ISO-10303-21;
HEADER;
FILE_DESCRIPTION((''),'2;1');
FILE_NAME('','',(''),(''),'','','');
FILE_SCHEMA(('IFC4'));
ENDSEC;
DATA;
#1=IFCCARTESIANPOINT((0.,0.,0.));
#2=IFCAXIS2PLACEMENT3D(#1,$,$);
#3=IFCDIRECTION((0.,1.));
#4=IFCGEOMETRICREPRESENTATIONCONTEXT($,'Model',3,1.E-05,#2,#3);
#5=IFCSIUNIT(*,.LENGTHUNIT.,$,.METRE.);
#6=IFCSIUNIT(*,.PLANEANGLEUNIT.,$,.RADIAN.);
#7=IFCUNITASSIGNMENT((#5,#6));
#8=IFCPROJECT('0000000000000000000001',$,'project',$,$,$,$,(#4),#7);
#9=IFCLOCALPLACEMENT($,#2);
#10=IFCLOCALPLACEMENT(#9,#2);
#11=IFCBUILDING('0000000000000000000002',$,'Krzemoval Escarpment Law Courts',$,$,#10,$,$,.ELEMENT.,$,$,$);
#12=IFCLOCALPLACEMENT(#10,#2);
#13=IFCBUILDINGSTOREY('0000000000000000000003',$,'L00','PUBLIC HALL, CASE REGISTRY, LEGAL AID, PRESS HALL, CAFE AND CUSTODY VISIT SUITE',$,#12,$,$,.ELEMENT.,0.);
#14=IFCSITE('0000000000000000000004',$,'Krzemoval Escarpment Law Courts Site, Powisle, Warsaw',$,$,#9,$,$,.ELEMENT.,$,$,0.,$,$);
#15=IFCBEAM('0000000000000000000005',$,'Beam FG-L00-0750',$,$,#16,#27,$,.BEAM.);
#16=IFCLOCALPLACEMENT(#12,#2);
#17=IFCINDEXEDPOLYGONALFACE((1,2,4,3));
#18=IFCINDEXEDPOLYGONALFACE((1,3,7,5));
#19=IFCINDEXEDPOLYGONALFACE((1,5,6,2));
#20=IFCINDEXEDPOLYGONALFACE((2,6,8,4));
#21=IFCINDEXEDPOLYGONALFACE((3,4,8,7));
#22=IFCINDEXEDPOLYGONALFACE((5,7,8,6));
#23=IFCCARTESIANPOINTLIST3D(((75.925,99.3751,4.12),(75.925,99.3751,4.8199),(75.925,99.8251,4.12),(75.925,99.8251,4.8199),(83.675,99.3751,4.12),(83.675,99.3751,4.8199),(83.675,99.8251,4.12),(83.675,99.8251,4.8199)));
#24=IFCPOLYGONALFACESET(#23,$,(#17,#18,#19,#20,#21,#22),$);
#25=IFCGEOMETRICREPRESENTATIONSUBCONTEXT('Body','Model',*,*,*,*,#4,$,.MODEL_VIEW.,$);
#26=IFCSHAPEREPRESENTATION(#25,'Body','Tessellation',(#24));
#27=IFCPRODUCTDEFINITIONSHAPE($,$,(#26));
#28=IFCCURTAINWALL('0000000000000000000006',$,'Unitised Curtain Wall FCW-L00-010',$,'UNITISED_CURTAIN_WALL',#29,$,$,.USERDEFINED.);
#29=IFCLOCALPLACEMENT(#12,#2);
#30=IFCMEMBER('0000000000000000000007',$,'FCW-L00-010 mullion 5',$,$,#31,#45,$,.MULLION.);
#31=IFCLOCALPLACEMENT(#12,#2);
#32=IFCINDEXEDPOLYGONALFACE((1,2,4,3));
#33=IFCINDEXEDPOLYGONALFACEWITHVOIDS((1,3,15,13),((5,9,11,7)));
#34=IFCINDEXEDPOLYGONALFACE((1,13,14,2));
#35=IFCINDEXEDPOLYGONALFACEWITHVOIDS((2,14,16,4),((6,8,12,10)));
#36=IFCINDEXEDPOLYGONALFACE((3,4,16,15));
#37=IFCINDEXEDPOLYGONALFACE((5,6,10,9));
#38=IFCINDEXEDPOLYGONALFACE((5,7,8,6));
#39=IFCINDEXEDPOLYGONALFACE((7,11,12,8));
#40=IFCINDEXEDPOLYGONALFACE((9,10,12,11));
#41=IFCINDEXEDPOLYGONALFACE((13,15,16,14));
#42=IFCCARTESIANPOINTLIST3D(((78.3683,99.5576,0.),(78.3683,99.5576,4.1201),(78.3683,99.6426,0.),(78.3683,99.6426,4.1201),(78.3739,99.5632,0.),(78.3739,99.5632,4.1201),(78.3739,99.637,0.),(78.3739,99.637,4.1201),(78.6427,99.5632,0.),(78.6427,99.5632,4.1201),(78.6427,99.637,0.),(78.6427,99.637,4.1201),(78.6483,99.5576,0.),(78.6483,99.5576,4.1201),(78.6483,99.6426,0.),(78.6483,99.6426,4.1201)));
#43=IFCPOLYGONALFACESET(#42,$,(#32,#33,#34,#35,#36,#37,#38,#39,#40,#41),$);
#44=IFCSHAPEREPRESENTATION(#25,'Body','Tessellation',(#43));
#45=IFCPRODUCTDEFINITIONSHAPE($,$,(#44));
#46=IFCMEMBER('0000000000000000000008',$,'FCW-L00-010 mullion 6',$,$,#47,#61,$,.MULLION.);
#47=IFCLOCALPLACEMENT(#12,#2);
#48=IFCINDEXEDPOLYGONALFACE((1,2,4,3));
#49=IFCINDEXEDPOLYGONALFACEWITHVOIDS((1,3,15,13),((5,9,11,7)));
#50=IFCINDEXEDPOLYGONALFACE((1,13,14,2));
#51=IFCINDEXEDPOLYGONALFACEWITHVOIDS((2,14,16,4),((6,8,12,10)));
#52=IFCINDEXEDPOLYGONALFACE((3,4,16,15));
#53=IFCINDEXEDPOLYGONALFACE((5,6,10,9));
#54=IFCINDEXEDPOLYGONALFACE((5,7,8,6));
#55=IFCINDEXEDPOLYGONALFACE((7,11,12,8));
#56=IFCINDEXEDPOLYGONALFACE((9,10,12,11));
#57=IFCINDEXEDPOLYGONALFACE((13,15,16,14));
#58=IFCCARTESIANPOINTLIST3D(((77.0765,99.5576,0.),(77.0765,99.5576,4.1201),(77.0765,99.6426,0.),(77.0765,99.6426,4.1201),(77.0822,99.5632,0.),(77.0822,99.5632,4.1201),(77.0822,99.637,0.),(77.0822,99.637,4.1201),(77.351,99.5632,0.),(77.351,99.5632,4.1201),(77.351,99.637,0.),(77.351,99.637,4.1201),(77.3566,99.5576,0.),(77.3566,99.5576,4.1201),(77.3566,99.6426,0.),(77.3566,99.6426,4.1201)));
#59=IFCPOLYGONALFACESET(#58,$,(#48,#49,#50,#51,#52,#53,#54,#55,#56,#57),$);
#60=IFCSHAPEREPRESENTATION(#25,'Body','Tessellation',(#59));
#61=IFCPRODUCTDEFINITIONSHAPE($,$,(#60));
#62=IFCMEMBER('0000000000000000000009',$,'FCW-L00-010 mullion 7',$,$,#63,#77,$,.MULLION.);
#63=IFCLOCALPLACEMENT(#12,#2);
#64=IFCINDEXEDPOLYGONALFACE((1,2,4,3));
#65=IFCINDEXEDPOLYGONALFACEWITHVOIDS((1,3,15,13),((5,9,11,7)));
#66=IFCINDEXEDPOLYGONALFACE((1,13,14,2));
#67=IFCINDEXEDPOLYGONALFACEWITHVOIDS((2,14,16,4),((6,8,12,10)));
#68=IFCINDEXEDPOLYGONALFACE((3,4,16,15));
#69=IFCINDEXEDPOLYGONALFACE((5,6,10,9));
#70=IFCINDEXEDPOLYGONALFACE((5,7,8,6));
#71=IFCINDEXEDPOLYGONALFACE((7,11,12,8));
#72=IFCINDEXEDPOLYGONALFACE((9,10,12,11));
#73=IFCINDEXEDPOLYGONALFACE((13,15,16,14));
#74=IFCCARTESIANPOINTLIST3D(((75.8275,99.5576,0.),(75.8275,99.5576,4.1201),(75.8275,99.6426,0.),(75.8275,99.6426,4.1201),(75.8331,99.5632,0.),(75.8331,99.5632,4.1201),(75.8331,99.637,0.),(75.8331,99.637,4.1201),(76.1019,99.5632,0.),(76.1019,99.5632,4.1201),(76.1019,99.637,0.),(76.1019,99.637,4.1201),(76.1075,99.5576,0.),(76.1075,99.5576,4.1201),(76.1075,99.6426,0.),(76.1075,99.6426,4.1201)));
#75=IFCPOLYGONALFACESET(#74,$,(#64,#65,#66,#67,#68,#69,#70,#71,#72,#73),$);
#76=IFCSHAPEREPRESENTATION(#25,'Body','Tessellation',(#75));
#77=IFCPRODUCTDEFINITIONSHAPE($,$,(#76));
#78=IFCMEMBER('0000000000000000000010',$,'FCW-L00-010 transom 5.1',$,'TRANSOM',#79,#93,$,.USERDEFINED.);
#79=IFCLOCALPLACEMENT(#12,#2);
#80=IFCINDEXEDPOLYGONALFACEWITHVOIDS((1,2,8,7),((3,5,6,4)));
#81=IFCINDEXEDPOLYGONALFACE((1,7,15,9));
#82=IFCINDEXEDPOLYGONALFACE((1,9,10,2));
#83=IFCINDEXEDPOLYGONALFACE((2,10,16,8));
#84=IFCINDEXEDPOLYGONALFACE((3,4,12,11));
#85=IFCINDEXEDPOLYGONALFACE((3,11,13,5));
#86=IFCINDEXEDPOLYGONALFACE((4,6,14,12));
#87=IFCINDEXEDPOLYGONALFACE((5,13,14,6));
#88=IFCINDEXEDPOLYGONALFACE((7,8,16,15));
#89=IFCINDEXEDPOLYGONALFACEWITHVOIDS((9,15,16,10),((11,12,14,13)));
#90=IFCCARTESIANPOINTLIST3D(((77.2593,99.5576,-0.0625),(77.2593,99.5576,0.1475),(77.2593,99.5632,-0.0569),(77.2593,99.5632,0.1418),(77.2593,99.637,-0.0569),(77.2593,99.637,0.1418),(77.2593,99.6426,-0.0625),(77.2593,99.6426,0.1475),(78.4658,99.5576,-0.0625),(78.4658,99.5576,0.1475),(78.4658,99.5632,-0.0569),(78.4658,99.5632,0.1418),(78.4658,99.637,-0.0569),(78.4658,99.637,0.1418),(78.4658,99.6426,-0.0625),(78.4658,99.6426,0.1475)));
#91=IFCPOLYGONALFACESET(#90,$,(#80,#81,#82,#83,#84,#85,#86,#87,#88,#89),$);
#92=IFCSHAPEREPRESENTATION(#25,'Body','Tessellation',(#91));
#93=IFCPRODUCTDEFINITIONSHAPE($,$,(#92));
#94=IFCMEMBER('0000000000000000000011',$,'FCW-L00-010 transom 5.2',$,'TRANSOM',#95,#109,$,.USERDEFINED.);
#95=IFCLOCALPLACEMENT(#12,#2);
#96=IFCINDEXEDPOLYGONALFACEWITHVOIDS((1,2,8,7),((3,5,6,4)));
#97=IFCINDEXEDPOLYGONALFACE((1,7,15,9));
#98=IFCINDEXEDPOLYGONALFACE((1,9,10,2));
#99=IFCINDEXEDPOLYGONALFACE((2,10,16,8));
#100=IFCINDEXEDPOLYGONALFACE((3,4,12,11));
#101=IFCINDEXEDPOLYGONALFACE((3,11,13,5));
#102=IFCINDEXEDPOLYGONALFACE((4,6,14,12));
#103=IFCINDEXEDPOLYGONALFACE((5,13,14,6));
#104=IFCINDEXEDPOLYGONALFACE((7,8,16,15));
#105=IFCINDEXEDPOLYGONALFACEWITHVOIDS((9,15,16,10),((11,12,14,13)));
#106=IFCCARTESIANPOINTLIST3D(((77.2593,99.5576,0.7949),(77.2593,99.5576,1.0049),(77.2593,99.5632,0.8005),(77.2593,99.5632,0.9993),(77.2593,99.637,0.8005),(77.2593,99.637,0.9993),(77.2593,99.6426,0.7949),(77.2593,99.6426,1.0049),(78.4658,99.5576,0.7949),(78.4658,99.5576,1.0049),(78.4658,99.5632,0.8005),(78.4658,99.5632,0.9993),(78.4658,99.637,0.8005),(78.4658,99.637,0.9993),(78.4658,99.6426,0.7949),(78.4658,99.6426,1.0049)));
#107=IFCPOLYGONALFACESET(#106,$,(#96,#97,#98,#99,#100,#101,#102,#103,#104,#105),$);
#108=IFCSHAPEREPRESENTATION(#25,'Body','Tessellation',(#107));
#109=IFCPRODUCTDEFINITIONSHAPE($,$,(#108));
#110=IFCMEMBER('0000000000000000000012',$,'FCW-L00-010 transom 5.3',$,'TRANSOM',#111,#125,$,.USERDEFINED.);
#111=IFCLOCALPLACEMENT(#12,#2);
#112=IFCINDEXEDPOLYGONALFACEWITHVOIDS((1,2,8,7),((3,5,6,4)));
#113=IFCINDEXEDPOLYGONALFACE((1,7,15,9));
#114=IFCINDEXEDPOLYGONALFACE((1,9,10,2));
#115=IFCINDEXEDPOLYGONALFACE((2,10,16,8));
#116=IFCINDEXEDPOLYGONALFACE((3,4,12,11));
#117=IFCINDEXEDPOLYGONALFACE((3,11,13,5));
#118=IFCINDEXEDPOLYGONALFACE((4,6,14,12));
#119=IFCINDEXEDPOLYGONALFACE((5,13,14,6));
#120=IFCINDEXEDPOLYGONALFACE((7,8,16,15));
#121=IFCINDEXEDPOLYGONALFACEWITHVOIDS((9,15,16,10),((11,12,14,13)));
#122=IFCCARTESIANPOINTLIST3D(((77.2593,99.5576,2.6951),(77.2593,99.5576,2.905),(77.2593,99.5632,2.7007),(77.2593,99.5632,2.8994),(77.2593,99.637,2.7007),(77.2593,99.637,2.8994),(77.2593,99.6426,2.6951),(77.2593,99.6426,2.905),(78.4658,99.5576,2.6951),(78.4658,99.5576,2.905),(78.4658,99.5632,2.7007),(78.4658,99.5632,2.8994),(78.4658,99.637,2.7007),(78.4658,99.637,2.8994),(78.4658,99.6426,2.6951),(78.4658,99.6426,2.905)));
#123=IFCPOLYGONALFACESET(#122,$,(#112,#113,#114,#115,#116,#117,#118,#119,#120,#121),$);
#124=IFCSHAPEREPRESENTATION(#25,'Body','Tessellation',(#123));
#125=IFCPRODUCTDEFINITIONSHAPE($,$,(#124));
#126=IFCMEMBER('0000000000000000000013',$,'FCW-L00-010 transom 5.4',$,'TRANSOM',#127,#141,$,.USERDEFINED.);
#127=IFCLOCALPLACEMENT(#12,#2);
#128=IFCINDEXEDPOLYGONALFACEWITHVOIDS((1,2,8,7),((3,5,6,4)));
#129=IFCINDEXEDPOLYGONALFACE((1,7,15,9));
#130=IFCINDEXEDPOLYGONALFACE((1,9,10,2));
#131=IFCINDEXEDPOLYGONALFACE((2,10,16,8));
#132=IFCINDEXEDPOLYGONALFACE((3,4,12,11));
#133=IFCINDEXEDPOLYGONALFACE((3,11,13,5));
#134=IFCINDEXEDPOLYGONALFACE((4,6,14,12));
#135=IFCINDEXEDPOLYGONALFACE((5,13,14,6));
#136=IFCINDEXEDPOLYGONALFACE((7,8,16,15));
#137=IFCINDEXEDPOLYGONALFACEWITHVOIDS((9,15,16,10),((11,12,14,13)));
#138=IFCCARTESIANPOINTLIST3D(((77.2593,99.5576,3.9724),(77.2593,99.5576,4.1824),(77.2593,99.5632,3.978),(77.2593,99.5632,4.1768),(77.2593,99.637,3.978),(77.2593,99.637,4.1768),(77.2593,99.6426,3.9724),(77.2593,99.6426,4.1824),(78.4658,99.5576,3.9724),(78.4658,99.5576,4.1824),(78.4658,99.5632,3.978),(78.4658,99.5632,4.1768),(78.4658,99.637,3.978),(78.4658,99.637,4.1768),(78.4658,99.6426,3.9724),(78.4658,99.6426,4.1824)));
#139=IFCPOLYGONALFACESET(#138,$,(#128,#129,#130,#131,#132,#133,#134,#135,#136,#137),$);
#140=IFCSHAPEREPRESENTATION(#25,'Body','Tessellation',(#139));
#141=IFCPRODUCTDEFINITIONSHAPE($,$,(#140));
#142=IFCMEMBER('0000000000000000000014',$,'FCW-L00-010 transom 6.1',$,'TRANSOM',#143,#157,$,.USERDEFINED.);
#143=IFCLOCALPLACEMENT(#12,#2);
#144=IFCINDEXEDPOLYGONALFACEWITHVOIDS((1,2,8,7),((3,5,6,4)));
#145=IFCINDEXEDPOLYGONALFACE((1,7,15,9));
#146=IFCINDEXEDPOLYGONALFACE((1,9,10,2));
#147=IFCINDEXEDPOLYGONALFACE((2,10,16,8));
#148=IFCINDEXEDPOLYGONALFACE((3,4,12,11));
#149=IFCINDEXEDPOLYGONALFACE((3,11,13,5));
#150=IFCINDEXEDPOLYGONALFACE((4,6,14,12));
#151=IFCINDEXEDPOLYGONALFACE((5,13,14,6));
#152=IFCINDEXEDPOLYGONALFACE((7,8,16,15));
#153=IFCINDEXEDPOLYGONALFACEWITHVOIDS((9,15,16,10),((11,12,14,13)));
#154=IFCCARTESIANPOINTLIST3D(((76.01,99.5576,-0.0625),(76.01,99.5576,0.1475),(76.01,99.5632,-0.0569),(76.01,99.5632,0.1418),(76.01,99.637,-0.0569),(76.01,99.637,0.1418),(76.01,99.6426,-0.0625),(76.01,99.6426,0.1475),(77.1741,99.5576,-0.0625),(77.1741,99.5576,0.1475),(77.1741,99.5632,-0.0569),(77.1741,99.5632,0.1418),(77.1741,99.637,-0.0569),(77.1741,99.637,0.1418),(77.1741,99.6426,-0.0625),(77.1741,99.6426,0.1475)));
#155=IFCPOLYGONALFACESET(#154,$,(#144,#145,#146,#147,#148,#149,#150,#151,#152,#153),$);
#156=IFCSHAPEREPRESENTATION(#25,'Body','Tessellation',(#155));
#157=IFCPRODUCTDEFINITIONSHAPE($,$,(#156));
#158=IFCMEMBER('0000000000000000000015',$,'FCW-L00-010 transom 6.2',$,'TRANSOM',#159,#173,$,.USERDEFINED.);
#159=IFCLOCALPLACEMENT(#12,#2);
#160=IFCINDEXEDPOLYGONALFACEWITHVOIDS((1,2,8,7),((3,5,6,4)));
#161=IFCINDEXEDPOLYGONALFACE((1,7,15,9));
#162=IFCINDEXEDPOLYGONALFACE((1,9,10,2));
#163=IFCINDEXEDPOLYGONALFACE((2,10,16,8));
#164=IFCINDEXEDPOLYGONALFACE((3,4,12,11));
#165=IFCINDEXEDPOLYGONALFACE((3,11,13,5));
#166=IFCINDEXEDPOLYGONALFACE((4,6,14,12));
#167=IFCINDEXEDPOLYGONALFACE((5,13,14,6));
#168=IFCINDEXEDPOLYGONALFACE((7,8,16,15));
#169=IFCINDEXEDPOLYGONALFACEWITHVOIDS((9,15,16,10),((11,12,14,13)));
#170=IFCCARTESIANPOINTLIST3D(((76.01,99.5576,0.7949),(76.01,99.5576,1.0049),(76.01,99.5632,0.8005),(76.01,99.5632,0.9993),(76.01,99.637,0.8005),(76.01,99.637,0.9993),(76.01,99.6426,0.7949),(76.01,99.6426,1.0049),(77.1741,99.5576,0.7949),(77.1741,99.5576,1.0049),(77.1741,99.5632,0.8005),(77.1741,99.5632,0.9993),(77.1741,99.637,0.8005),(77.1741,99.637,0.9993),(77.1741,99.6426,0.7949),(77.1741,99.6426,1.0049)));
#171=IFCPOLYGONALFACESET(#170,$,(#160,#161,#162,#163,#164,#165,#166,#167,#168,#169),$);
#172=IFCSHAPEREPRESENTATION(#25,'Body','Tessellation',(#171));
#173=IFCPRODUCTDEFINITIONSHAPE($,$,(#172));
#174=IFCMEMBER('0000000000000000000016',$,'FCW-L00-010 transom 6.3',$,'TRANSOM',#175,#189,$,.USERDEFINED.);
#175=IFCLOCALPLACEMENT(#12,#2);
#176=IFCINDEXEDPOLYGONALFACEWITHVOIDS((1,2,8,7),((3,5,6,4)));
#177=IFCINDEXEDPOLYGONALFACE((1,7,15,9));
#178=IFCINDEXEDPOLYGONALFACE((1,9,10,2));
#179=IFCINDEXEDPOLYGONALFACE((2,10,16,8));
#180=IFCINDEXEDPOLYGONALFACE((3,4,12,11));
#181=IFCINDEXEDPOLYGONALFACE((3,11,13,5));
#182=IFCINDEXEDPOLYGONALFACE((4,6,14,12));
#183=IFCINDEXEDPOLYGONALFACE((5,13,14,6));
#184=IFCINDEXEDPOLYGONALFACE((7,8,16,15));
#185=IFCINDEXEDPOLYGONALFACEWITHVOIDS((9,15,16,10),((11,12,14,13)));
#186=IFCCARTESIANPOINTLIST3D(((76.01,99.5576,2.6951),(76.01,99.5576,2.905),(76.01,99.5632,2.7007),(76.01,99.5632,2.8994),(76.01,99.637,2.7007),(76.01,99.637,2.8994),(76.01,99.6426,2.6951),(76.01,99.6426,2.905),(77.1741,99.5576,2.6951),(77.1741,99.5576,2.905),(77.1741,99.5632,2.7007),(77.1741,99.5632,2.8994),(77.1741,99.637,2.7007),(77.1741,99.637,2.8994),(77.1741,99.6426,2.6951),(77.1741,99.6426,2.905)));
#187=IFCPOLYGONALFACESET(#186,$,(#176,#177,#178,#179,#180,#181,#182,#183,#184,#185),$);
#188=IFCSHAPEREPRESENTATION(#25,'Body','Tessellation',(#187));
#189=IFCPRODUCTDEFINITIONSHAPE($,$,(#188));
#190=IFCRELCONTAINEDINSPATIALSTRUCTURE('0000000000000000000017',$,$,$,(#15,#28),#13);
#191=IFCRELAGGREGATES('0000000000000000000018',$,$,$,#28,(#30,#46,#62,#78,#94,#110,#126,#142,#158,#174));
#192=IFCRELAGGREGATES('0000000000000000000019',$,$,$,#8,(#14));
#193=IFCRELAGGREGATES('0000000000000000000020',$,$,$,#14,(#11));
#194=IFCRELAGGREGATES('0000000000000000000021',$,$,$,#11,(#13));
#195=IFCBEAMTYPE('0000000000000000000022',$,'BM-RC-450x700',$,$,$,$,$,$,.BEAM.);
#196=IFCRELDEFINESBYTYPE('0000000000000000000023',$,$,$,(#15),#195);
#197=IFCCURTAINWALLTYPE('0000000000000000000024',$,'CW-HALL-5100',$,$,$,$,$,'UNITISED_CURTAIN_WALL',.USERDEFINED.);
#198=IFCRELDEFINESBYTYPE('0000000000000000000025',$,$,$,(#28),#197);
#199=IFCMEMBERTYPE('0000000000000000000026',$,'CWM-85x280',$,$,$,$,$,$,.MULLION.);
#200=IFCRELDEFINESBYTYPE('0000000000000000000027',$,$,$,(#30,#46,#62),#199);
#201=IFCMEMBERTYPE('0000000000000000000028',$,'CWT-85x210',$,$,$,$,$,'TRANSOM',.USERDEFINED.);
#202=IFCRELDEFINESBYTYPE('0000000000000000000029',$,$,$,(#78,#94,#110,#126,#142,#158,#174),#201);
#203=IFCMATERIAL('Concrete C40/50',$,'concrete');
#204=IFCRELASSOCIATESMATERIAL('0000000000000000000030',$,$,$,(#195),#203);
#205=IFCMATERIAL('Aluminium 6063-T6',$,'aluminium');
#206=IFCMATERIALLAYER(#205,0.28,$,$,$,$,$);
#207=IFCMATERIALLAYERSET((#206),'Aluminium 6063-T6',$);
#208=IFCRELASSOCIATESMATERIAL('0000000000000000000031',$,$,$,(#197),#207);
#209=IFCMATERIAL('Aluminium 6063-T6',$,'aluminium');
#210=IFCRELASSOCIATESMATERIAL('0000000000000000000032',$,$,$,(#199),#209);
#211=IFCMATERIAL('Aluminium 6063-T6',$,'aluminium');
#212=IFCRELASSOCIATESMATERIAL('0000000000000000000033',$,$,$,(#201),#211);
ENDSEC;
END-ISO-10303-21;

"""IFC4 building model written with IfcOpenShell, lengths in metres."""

from ifc_helpers import new_model, si_unit, direction, frame, origin, origin_2d, place, context, subcontext, project, spatial, rectangle, hollow_rectangle, extrude, material, layer, layer_set, material_profile, profile_set, type_object, element, aggregate, save


model = new_model("IFC4")

# Units and contexts
model_context = context("Model", 3, precision=1e-05, world=origin(), true_north=direction((0.0, 1.0)))
body_context = subcontext(model_context, "Body", "Model", "MODEL_VIEW")
ifc_project = project(units=[si_unit("LENGTHUNIT", "METRE"), si_unit("PLANEANGLEUNIT", "RADIAN")], contexts=[model_context])

# Site, building, storey
site_placement = place(None, origin())
site = spatial("IfcSite", under=ifc_project, at=site_placement, Name="Krzemoval Escarpment Law Courts Site, Powisle, Warsaw", CompositionType="ELEMENT", RefElevation=0.0)
building_placement = place(site_placement, origin())
building = spatial("IfcBuilding", under=site, at=building_placement, Name="Krzemoval Escarpment Law Courts", CompositionType="ELEMENT")
storey_placement = place(building_placement, origin())
storey = spatial("IfcBuildingStorey", under=building, at=storey_placement, Name="L00", Description="PUBLIC HALL, CASE REGISTRY, LEGAL AID, PRESS HALL, CAFE AND CUSTODY VISIT SUITE", CompositionType="ELEMENT", Elevation=0.0)

# Beam
ifc_material_1 = material(Name="Concrete C40/50", Category="concrete")
ifc_material_profile_1 = material_profile(ifc_material_1, rectangle(XDim=0.45, YDim=0.7, at=origin_2d()), Name="RCB 450x700")
ifc_profile_set_1 = profile_set([ifc_material_profile_1], Name="Concrete C40/50")
beam_type = type_object("IfcBeamType", Name="BM-RC-450x700", PredefinedType="BEAM", material=ifc_profile_set_1)
beam_placement = place(storey_placement, frame((75.925, 99.6001, 4.47), z_axis=(1.0, 0.0, 0.0), x_axis=(0.0, 1.0, 0.0)))
element("IfcBeam", 1, at=beam_placement, inside=storey, type_object=beam_type, Name="Beam FG-L00-0750", PredefinedType="BEAM", context=body_context, shape_type="SweptSolid", body=[
    extrude(rectangle(XDim=0.45, YDim=0.7, at=origin_2d()), origin(), (0.0, 0.0, 1.0), 7.75),
])

# Curtain wall, members
ifc_material_2 = material(Name="Aluminium 6063-T6", Category="aluminium")
ifc_layer_1 = layer(ifc_material_2, 0.28)
ifc_layer_set_1 = layer_set([ifc_layer_1], Name="Aluminium 6063-T6")
curtain_wall_type = type_object("IfcCurtainWallType", Name="CW-HALL-5100", ElementType="UNITISED_CURTAIN_WALL", PredefinedType="USERDEFINED", material=ifc_layer_set_1)
curtain_wall_placement = place(storey_placement, origin())
curtain_wall = element("IfcCurtainWall", 2, at=curtain_wall_placement, inside=storey, type_object=curtain_wall_type, Name="Unitised Curtain Wall FCW-L00-010", ObjectType="UNITISED_CURTAIN_WALL", PredefinedType="USERDEFINED")
ifc_material_3 = material(Name="Aluminium 6063-T6", Category="aluminium")
ifc_material_profile_2 = material_profile(ifc_material_3, hollow_rectangle(XDim=0.085, YDim=0.28, WallThickness=0.0056, at=origin_2d()), Name="ALU M85x280")
ifc_profile_set_2 = profile_set([ifc_material_profile_2], Name="Aluminium 6063-T6")
member_type_1 = type_object("IfcMemberType", Name="CWM-85x280", PredefinedType="MULLION", material=ifc_profile_set_2)
member_1_placement = place(storey_placement, frame((78.5083, 99.6001, 0.0), z_axis=(0.0, 0.0, 1.0), x_axis=(0.0, -1.0, 0.0)))
member_1 = element("IfcMember", 3, at=member_1_placement, type_object=member_type_1, Name="FCW-L00-010 mullion 5", PredefinedType="MULLION", context=body_context, shape_type="SweptSolid", body=[
    extrude(hollow_rectangle(XDim=0.085, YDim=0.28, WallThickness=0.0056, at=origin_2d()), origin(), (0.0, 0.0, 1.0), 4.1201),
])
member_2_placement = place(storey_placement, frame((77.2166, 99.6001, 0.0), z_axis=(0.0, 0.0, 1.0), x_axis=(0.0, -1.0, 0.0)))
member_2 = element("IfcMember", 4, at=member_2_placement, type_object=member_type_1, Name="FCW-L00-010 mullion 6", PredefinedType="MULLION", context=body_context, shape_type="SweptSolid", body=[
    extrude(hollow_rectangle(XDim=0.085, YDim=0.28, WallThickness=0.0056, at=origin_2d()), origin(), (0.0, 0.0, 1.0), 4.1201),
])
member_3_placement = place(storey_placement, frame((75.9675, 99.6001, 0.0), z_axis=(0.0, 0.0, 1.0), x_axis=(0.0, -1.0, 0.0)))
member_3 = element("IfcMember", 5, at=member_3_placement, type_object=member_type_1, Name="FCW-L00-010 mullion 7", PredefinedType="MULLION", context=body_context, shape_type="SweptSolid", body=[
    extrude(hollow_rectangle(XDim=0.085, YDim=0.28, WallThickness=0.0056, at=origin_2d()), origin(), (0.0, 0.0, 1.0), 4.1201),
])
ifc_material_4 = material(Name="Aluminium 6063-T6", Category="aluminium")
ifc_material_profile_3 = material_profile(ifc_material_4, hollow_rectangle(XDim=0.085, YDim=0.21, WallThickness=0.0056, at=origin_2d()), Name="ALU T85x210")
ifc_profile_set_3 = profile_set([ifc_material_profile_3], Name="Aluminium 6063-T6")
member_type_2 = type_object("IfcMemberType", Name="CWT-85x210", ElementType="TRANSOM", PredefinedType="USERDEFINED", material=ifc_profile_set_3)
member_4_placement = place(storey_placement, frame((78.4658, 99.6001, 0.0425), z_axis=(-1.0, 0.0, 0.0), x_axis=(0.0, -1.0, 0.0)))
member_4 = element("IfcMember", 6, at=member_4_placement, type_object=member_type_2, Name="FCW-L00-010 transom 5.1", ObjectType="TRANSOM", PredefinedType="USERDEFINED", context=body_context, shape_type="SweptSolid", body=[
    extrude(hollow_rectangle(XDim=0.085, YDim=0.21, WallThickness=0.0056, at=origin_2d()), origin(), (0.0, 0.0, 1.0), 1.2065),
])
member_5_placement = place(storey_placement, frame((78.4658, 99.6001, 0.8999), z_axis=(-1.0, 0.0, 0.0), x_axis=(0.0, -1.0, 0.0)))
member_5 = element("IfcMember", 7, at=member_5_placement, type_object=member_type_2, Name="FCW-L00-010 transom 5.2", ObjectType="TRANSOM", PredefinedType="USERDEFINED", context=body_context, shape_type="SweptSolid", body=[
    extrude(hollow_rectangle(XDim=0.085, YDim=0.21, WallThickness=0.0056, at=origin_2d()), origin(), (0.0, 0.0, 1.0), 1.2065),
])
member_6_placement = place(storey_placement, frame((78.4658, 99.6001, 2.8), z_axis=(-1.0, 0.0, 0.0), x_axis=(0.0, -1.0, 0.0)))
member_6 = element("IfcMember", 8, at=member_6_placement, type_object=member_type_2, Name="FCW-L00-010 transom 5.3", ObjectType="TRANSOM", PredefinedType="USERDEFINED", context=body_context, shape_type="SweptSolid", body=[
    extrude(hollow_rectangle(XDim=0.085, YDim=0.21, WallThickness=0.0056, at=origin_2d()), origin(), (0.0, 0.0, 1.0), 1.2065),
])
member_7_placement = place(storey_placement, frame((78.4658, 99.6001, 4.0774), z_axis=(-1.0, 0.0, 0.0), x_axis=(0.0, -1.0, 0.0)))
member_7 = element("IfcMember", 9, at=member_7_placement, type_object=member_type_2, Name="FCW-L00-010 transom 5.4", ObjectType="TRANSOM", PredefinedType="USERDEFINED", context=body_context, shape_type="SweptSolid", body=[
    extrude(hollow_rectangle(XDim=0.085, YDim=0.21, WallThickness=0.0056, at=origin_2d()), origin(), (0.0, 0.0, 1.0), 1.2065),
])
member_8_placement = place(storey_placement, frame((77.1741, 99.6001, 0.0425), z_axis=(-1.0, 0.0, 0.0), x_axis=(0.0, -1.0, 0.0)))
member_8 = element("IfcMember", 10, at=member_8_placement, type_object=member_type_2, Name="FCW-L00-010 transom 6.1", ObjectType="TRANSOM", PredefinedType="USERDEFINED", context=body_context, shape_type="SweptSolid", body=[
    extrude(hollow_rectangle(XDim=0.085, YDim=0.21, WallThickness=0.0056, at=origin_2d()), origin(), (0.0, 0.0, 1.0), 1.1641),
])
member_9_placement = place(storey_placement, frame((77.1741, 99.6001, 0.8999), z_axis=(-1.0, 0.0, 0.0), x_axis=(0.0, -1.0, 0.0)))
member_9 = element("IfcMember", 11, at=member_9_placement, type_object=member_type_2, Name="FCW-L00-010 transom 6.2", ObjectType="TRANSOM", PredefinedType="USERDEFINED", context=body_context, shape_type="SweptSolid", body=[
    extrude(hollow_rectangle(XDim=0.085, YDim=0.21, WallThickness=0.0056, at=origin_2d()), origin(), (0.0, 0.0, 1.0), 1.1641),
])
member_10_placement = place(storey_placement, frame((77.1741, 99.6001, 2.8), z_axis=(-1.0, 0.0, 0.0), x_axis=(0.0, -1.0, 0.0)))
member_10 = element("IfcMember", 12, at=member_10_placement, type_object=member_type_2, Name="FCW-L00-010 transom 6.3", ObjectType="TRANSOM", PredefinedType="USERDEFINED", context=body_context, shape_type="SweptSolid", body=[
    extrude(hollow_rectangle(XDim=0.085, YDim=0.21, WallThickness=0.0056, at=origin_2d()), origin(), (0.0, 0.0, 1.0), 1.1641),
])
aggregate(curtain_wall, [member_1, member_2, member_3, member_4, member_5, member_6, member_7, member_8, member_9, member_10])

save(model, "model.ifc")
